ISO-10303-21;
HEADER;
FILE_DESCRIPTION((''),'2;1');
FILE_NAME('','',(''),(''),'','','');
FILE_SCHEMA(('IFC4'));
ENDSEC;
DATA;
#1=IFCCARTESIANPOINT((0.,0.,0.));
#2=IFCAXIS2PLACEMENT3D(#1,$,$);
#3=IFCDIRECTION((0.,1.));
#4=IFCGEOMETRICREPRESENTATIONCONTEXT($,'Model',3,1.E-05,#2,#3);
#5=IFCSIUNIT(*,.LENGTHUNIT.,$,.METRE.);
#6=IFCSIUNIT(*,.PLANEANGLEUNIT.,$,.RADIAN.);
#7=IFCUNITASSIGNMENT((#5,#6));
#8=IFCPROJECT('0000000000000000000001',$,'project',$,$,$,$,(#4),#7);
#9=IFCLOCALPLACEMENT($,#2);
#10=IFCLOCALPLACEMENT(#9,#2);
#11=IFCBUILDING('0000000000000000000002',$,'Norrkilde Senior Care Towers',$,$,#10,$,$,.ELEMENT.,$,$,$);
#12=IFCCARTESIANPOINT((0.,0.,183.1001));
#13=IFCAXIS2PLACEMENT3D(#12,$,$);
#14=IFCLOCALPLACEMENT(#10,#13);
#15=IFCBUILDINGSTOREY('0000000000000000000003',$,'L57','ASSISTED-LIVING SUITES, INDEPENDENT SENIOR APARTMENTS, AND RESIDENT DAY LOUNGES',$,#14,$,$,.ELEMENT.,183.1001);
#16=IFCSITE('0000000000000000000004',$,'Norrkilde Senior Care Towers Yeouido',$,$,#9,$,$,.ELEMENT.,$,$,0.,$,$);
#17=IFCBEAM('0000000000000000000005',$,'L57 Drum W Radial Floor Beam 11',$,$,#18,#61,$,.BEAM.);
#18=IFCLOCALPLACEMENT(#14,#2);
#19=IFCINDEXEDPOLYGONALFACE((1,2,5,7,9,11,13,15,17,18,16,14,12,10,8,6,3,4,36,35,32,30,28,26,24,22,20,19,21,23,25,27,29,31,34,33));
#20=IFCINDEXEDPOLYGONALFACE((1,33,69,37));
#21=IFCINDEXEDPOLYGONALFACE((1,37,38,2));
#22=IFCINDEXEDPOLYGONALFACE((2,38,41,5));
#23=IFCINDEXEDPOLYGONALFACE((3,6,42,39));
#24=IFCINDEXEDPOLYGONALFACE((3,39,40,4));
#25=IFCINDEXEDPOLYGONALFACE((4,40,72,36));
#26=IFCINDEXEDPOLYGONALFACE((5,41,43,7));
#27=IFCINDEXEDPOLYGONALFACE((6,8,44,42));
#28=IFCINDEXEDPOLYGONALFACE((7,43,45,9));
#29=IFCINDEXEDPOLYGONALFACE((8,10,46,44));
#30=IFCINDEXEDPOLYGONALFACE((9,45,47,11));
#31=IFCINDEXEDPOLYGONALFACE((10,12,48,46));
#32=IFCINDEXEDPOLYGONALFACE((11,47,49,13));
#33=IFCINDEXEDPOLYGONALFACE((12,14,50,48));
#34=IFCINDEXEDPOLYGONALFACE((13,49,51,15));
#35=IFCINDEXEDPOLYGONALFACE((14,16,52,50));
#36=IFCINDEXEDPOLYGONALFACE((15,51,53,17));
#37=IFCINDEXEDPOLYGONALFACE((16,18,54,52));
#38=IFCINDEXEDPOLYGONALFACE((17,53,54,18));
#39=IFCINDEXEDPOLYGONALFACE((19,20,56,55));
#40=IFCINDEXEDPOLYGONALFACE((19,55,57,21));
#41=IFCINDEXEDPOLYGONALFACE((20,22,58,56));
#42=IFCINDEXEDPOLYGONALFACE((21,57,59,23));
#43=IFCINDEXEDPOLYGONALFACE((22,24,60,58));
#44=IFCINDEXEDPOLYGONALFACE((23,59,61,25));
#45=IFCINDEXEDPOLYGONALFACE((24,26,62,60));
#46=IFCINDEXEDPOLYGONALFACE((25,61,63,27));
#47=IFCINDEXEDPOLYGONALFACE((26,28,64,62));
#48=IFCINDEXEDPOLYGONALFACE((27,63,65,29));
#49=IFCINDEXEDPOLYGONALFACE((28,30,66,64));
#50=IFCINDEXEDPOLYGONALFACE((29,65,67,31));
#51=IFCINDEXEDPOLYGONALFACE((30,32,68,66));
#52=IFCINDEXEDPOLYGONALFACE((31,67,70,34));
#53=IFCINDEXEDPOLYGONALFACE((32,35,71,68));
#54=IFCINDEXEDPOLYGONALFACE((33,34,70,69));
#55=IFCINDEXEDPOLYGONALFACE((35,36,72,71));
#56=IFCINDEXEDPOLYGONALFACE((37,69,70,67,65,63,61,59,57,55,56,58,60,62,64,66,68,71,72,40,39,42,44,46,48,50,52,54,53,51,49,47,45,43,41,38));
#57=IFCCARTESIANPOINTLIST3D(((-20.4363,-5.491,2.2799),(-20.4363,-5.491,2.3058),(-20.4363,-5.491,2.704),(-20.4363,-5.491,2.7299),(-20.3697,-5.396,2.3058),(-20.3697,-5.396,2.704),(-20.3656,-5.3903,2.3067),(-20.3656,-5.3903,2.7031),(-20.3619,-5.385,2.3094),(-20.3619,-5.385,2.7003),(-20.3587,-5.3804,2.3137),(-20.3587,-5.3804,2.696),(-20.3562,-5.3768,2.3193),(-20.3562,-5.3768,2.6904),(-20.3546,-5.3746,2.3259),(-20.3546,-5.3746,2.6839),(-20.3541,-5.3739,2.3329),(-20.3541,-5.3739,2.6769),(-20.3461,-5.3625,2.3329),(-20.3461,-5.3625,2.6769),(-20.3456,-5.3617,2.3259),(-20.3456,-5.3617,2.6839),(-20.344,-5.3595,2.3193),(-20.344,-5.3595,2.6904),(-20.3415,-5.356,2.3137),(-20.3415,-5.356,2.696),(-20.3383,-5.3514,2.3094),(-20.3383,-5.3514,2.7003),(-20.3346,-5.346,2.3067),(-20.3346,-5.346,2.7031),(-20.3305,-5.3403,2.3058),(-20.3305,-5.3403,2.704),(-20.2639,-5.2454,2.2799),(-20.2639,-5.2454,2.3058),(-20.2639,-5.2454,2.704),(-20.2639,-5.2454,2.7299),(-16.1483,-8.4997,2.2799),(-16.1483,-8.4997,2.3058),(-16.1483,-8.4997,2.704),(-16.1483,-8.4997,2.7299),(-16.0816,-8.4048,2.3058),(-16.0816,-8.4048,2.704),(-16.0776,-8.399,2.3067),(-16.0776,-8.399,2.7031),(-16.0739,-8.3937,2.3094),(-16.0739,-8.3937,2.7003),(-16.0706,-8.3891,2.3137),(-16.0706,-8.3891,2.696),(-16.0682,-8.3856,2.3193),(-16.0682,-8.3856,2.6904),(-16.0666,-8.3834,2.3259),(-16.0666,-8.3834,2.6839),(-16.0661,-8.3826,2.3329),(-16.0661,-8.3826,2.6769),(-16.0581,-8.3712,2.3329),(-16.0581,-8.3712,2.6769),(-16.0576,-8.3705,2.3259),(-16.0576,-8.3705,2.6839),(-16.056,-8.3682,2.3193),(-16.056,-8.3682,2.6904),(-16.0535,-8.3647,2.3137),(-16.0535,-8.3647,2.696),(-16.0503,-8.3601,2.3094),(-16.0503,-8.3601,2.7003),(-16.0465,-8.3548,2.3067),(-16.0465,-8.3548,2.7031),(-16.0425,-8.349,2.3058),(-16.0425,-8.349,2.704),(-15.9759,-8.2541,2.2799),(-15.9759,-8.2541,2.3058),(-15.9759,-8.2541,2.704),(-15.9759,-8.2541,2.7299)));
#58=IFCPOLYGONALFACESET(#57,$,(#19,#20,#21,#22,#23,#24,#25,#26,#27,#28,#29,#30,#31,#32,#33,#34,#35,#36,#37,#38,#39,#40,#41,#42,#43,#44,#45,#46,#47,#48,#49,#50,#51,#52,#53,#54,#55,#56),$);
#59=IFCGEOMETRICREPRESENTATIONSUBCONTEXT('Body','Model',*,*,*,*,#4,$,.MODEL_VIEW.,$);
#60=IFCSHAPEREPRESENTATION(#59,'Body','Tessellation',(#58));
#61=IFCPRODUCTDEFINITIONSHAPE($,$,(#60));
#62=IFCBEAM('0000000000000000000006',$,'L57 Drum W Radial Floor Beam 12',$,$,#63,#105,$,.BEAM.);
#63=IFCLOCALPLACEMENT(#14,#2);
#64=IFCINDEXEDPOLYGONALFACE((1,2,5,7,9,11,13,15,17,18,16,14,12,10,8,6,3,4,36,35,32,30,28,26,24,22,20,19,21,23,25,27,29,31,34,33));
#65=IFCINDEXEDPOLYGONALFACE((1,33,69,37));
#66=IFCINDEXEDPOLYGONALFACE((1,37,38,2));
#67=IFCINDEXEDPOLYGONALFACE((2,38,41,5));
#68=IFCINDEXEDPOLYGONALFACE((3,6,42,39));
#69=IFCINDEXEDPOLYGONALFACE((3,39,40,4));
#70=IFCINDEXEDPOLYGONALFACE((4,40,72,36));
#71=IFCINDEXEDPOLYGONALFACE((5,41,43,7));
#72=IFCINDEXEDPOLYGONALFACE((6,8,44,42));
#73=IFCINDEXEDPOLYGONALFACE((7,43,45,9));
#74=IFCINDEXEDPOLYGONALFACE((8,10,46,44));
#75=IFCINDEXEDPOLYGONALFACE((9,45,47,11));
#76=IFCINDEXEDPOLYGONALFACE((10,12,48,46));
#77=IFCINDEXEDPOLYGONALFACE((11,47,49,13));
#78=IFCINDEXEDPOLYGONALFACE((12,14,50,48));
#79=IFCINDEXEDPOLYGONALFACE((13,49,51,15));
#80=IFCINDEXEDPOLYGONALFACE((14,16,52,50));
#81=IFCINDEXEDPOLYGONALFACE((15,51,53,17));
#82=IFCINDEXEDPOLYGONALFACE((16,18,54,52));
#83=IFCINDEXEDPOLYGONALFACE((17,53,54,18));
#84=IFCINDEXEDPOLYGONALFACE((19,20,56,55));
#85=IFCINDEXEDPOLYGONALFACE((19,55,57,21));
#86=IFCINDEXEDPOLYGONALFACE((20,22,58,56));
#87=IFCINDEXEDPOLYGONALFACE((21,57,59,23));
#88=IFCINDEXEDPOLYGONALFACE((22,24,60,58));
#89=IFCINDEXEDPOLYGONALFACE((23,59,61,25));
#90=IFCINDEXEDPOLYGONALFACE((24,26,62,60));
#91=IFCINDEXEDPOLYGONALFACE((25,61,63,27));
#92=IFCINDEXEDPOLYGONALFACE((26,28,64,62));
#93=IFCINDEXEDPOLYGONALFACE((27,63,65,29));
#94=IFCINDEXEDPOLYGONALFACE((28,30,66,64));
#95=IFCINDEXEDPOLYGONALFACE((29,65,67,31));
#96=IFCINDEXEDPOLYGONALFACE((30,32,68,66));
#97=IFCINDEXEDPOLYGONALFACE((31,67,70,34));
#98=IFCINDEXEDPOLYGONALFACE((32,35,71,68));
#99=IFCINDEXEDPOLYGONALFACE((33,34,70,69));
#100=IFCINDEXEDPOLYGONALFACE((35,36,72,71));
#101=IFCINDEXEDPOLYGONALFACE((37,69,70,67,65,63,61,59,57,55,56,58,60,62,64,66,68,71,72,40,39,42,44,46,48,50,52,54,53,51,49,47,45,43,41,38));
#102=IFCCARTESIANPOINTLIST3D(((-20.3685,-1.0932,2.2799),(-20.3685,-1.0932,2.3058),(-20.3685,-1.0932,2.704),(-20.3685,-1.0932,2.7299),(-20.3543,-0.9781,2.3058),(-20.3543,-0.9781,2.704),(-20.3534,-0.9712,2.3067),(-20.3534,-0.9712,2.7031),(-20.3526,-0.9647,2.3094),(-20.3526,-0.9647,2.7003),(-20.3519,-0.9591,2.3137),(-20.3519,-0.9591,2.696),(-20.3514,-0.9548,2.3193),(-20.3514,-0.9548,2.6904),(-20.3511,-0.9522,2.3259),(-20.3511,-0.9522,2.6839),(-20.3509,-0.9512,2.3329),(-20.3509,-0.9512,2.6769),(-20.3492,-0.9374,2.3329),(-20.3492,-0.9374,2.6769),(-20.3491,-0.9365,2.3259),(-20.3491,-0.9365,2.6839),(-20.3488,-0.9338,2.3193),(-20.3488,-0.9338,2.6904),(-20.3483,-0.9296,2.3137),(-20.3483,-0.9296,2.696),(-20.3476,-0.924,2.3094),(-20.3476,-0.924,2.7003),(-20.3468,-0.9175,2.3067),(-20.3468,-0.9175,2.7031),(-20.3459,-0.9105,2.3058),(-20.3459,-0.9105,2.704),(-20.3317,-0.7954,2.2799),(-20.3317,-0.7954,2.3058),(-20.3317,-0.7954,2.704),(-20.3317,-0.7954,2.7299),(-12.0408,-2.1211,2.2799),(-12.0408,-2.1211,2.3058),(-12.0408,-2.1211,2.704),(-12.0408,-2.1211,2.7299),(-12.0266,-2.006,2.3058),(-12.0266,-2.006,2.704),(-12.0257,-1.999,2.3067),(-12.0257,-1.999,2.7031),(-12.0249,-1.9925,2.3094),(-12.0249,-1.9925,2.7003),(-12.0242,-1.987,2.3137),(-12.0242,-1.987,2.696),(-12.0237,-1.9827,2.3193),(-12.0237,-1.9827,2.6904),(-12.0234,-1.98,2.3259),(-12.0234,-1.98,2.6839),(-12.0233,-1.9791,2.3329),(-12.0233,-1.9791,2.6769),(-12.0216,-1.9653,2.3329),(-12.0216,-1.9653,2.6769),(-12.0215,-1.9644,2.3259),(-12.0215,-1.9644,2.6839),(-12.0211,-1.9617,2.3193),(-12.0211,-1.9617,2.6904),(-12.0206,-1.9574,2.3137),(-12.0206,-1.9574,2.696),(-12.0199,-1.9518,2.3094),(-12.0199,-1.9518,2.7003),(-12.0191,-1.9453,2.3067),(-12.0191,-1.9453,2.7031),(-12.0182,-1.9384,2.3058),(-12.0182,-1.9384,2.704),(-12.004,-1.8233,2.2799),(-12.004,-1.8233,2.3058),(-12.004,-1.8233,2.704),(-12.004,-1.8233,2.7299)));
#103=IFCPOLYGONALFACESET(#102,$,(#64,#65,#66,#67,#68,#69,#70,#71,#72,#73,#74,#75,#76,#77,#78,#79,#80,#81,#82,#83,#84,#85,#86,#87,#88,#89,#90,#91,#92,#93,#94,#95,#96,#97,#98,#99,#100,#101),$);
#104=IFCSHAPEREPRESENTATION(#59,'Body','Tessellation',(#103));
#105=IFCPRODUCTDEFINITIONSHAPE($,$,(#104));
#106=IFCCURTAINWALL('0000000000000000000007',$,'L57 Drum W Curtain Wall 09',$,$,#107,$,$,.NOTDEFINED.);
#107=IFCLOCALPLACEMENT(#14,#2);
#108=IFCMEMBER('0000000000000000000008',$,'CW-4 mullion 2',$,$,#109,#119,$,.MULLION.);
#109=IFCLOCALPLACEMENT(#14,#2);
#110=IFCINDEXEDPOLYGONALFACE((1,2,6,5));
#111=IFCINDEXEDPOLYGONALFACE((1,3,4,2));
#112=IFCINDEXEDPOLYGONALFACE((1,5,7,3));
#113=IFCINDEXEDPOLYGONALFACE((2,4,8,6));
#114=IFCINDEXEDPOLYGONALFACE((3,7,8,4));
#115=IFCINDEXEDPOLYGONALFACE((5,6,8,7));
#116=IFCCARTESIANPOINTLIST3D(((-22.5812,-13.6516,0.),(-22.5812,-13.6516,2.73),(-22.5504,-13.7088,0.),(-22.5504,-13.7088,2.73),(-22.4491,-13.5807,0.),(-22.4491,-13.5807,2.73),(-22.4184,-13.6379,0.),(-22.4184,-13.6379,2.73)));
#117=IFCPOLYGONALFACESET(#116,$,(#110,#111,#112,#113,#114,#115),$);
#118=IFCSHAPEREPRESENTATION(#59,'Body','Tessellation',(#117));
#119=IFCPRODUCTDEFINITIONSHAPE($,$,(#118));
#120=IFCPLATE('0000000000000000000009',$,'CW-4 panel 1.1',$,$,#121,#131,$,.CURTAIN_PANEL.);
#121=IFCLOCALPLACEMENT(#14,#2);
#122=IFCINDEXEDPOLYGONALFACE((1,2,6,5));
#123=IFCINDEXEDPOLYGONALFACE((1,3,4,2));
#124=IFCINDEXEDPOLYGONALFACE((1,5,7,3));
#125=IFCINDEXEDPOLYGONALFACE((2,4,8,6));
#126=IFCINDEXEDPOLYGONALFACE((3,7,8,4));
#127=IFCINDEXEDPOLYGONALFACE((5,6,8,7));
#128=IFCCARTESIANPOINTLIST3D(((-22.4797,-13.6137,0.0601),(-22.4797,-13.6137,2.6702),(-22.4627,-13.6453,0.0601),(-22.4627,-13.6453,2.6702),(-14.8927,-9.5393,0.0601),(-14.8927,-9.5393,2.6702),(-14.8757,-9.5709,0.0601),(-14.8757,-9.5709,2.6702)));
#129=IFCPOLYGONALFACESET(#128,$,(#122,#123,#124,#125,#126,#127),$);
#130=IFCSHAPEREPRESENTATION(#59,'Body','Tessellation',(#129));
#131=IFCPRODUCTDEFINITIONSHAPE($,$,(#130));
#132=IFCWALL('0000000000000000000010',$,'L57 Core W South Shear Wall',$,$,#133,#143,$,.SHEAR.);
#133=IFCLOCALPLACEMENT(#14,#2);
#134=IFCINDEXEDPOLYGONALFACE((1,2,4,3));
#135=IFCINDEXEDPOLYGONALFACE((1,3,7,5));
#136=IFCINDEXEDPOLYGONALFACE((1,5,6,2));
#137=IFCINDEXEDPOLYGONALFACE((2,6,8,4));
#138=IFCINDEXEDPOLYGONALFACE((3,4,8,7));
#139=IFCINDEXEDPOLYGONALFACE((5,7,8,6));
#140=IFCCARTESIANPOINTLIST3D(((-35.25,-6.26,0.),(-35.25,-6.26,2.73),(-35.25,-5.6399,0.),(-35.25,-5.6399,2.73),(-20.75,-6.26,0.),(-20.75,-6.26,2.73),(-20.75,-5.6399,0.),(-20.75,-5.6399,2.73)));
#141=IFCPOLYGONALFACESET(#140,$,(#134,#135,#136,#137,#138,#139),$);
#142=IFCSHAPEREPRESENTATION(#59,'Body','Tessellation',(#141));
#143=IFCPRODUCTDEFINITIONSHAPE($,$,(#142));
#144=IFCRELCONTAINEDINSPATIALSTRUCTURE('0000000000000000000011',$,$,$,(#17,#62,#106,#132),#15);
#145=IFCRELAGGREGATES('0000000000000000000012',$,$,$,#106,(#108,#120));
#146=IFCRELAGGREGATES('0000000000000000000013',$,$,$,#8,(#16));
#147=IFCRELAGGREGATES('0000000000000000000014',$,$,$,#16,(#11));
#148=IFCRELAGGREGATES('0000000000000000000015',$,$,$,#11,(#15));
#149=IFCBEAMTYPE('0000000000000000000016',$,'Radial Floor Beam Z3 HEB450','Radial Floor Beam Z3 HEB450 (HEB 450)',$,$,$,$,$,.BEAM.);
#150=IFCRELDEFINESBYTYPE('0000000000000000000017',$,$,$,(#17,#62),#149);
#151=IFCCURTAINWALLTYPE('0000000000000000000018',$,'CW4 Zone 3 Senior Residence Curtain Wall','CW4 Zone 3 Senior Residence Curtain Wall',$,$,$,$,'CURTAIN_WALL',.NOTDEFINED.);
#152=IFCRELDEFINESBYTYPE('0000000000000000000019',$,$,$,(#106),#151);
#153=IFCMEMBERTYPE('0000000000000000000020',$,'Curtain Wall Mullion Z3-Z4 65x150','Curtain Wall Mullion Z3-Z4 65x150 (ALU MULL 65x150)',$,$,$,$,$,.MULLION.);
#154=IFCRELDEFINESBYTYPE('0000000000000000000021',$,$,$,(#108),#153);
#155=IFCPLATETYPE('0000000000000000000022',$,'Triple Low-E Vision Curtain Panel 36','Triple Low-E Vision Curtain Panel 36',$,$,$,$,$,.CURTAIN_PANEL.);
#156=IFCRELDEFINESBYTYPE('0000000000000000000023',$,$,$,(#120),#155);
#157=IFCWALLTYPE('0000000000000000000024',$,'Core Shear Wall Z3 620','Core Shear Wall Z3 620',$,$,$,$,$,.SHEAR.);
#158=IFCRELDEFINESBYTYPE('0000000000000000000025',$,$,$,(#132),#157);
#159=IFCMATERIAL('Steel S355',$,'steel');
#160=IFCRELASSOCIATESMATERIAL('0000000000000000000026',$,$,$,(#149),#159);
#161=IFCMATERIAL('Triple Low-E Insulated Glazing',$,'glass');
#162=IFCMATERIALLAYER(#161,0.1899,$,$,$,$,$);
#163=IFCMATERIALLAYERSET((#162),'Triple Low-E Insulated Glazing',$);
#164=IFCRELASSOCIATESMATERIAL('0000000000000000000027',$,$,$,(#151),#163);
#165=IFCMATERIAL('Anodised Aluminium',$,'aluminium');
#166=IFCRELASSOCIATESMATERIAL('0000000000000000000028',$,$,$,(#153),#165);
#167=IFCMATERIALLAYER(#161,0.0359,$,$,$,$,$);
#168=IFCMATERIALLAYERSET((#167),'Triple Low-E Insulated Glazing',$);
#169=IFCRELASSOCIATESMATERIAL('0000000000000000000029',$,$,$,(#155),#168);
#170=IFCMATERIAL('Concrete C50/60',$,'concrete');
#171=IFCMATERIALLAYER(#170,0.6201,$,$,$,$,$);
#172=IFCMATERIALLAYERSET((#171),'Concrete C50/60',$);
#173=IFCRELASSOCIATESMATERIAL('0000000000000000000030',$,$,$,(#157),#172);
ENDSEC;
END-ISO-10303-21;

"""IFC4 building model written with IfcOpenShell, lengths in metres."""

from ifc_helpers import new_model, si_unit, direction, frame, frame_2d, origin, origin_2d, place, context, subcontext, project, spatial, rectangle, i_section, extrude, source, transform, mapped, material, layer, layer_set, material_profile, profile_set, type_object, type_shapes, element, aggregate, save


model = new_model("IFC4")

# Units and contexts
model_context = context("Model", 3, precision=1e-05, world=origin(), true_north=direction((0.0, 1.0)))
body_context = subcontext(model_context, "Body", "Model", "MODEL_VIEW")
ifc_project = project(units=[si_unit("LENGTHUNIT", "METRE"), si_unit("PLANEANGLEUNIT", "RADIAN")], contexts=[model_context])

# Site, building, storey
site_placement = place(None, origin())
site = spatial("IfcSite", under=ifc_project, at=site_placement, Name="Norrkilde Senior Care Towers Yeouido", CompositionType="ELEMENT", RefElevation=0.0)
building_placement = place(site_placement, origin())
building = spatial("IfcBuilding", under=site, at=building_placement, Name="Norrkilde Senior Care Towers", CompositionType="ELEMENT")
storey_placement = place(building_placement, frame((0.0, 0.0, 183.1001)))
storey = spatial("IfcBuildingStorey", under=building, at=storey_placement, Name="L57", Description="ASSISTED-LIVING SUITES, INDEPENDENT SENIOR APARTMENTS, AND RESIDENT DAY LOUNGES", CompositionType="ELEMENT", Elevation=183.1001)

# Shared definitions
ifc_material_1 = material(Name="Concrete C50/60", Category="concrete")

# Beams
ifc_material_2 = material(Name="Steel S355", Category="steel")
ifc_material_profile_1 = material_profile(ifc_material_2, i_section(OverallWidth=0.3, OverallDepth=0.45, WebThickness=0.0139, FlangeThickness=0.0259, FilletRadius=0.0271, at=origin_2d()), Name="HEB 450")
ifc_profile_set_1 = profile_set([ifc_material_profile_1], Name="Steel S355")
beam_type_1 = type_object("IfcBeamType", Name="Radial Floor Beam Z3 HEB450", Description="Radial Floor Beam Z3 HEB450 (HEB 450)", PredefinedType="BEAM", material=ifc_profile_set_1)
shared_shape_1 = source(origin(), body_context, "Body", "SweptSolid", [
    extrude(i_section(OverallWidth=0.3, OverallDepth=0.45, WebThickness=0.0139, FlangeThickness=0.0259, FilletRadius=0.0271, at=origin_2d()), origin(), (0.0, 0.0, 1.0), 5.2383),
])
beam_1_placement = place(storey_placement, frame((-20.3501, -5.3682, 2.5049), z_axis=(0.818592, -0.574375, 0.0), x_axis=(0.574375, 0.818592, 0.0)))
element("IfcBeam", 1, at=beam_1_placement, inside=storey, type_object=beam_type_1, Name="L57 Drum W Radial Floor Beam 11", PredefinedType="BEAM", context=body_context, shape_type="MappedRepresentation", body=[
    mapped(shared_shape_1, transform((0.0, 0.0, 0.0), x_axis=(1.0, 0.0, 0.0), y_axis=(0.0, 1.0, 0.0), z_axis=(0.0, 0.0, 1.0), scale=1.0)),
])
shared_shape_2 = source(origin(), body_context, "Body", "SweptSolid", [
    extrude(i_section(OverallWidth=0.3, OverallDepth=0.45, WebThickness=0.0139, FlangeThickness=0.0259, FilletRadius=0.0271, at=origin_2d()), origin(), (0.0, 0.0, 1.0), 8.3909),
])
beam_2_placement = place(storey_placement, frame((-20.3501, -0.9443, 2.5049), z_axis=(0.992469, -0.122495, 0.0), x_axis=(0.122495, 0.992469, 0.0)))
element("IfcBeam", 2, at=beam_2_placement, inside=storey, type_object=beam_type_1, Name="L57 Drum W Radial Floor Beam 12", PredefinedType="BEAM", context=body_context, shape_type="MappedRepresentation", body=[
    mapped(shared_shape_2, transform((0.0, 0.0, 0.0), x_axis=(1.0, 0.0, 0.0), y_axis=(0.0, 1.0, 0.0), z_axis=(0.0, 0.0, 1.0), scale=1.0)),
])

# Curtain wall, member, plate
ifc_material_3 = material(Name="Triple Low-E Insulated Glazing", Category="glass")
ifc_layer_1 = layer(ifc_material_3, 0.1899)
ifc_layer_set_1 = layer_set([ifc_layer_1], Name="Triple Low-E Insulated Glazing")
curtain_wall_type = type_object("IfcCurtainWallType", Name="CW4 Zone 3 Senior Residence Curtain Wall", Description="CW4 Zone 3 Senior Residence Curtain Wall", ElementType="CURTAIN_WALL", PredefinedType="NOTDEFINED", material=ifc_layer_set_1)
curtain_wall_placement = place(storey_placement, origin())
curtain_wall = element("IfcCurtainWall", 3, at=curtain_wall_placement, inside=storey, type_object=curtain_wall_type, Name="L57 Drum W Curtain Wall 09", PredefinedType="NOTDEFINED")
ifc_material_4 = material(Name="Anodised Aluminium", Category="aluminium")
ifc_material_profile_2 = material_profile(ifc_material_4, rectangle(XDim=0.0649, YDim=0.1499, at=origin_2d()), Name="ALU MULL 65x150")
ifc_profile_set_2 = profile_set([ifc_material_profile_2], Name="Anodised Aluminium")
member_type = type_object("IfcMemberType", Name="Curtain Wall Mullion Z3-Z4 65x150", Description="Curtain Wall Mullion Z3-Z4 65x150 (ALU MULL 65x150)", PredefinedType="MULLION", material=ifc_profile_set_2)
shared_shape_3 = source(origin(), body_context, "Body", "SweptSolid", [
    extrude(rectangle(XDim=0.0649, YDim=0.1499, at=origin_2d()), origin(), (0.0, 0.0, 1.0), 2.73),
])
type_shapes(member_type, [shared_shape_3])
member_placement = place(storey_placement, frame((-22.4998, -13.6448, 0.0), z_axis=(0.0, 0.0, 1.0), x_axis=(0.473117, -0.881, 0.0)))
member = element("IfcMember", 4, at=member_placement, type_object=member_type, Name="CW-4 mullion 2", PredefinedType="MULLION", context=body_context, shape_type="MappedRepresentation", body=[
    mapped(shared_shape_3, transform((0.0, 0.0, 0.0), x_axis=(1.0, 0.0, 0.0), y_axis=(0.0, 1.0, 0.0), z_axis=(0.0, 0.0, 1.0), scale=1.0)),
])
ifc_layer_2 = layer(ifc_material_3, 0.0359)
ifc_layer_set_2 = layer_set([ifc_layer_2], Name="Triple Low-E Insulated Glazing")
plate_type = type_object("IfcPlateType", Name="Triple Low-E Vision Curtain Panel 36", Description="Triple Low-E Vision Curtain Panel 36", PredefinedType="CURTAIN_PANEL", material=ifc_layer_set_2)
shared_shape_4 = source(origin(), body_context, "Body", "SweptSolid", [
    extrude(rectangle(XDim=8.6118, YDim=0.0359, at=origin_2d()), origin(), (0.0, 0.0, 1.0), 2.6101),
])
type_shapes(plate_type, [shared_shape_4])
plate_placement = place(storey_placement, frame((-18.6777, -11.5923, 0.0601), z_axis=(0.0, 0.0, 1.0), x_axis=(-0.881, -0.473117, 0.0)))
plate = element("IfcPlate", 5, at=plate_placement, type_object=plate_type, Name="CW-4 panel 1.1", PredefinedType="CURTAIN_PANEL", context=body_context, shape_type="MappedRepresentation", body=[
    mapped(shared_shape_4, transform((0.0, 0.0, 0.0), x_axis=(1.0, 0.0, 0.0), y_axis=(0.0, 1.0, 0.0), z_axis=(0.0, 0.0, 1.0), scale=1.0)),
])
aggregate(curtain_wall, [member, plate])

# Wall
ifc_layer_3 = layer(ifc_material_1, 0.6201)
ifc_layer_set_3 = layer_set([ifc_layer_3], Name="Concrete C50/60")
wall_type_1 = type_object("IfcWallType", Name="Core Shear Wall Z3 620", Description="Core Shear Wall Z3 620", PredefinedType="SHEAR", material=ifc_layer_set_3)
shared_shape_5 = source(origin(), body_context, "Body", "SweptSolid", [
    extrude(rectangle(XDim=14.5, YDim=0.6201, at=frame_2d((7.25, 0.0))), origin(), (0.0, 0.0, 1.0), 2.73),
])
type_shapes(wall_type_1, [shared_shape_5])
wall_1_placement = place(storey_placement, frame((-20.75, -5.95, 0.0), z_axis=(0.0, 0.0, 1.0), x_axis=(-1.0, 0.0, 0.0)))
element("IfcWall", 6, at=wall_1_placement, inside=storey, type_object=wall_type_1, Name="L57 Core W South Shear Wall", PredefinedType="SHEAR", context=body_context, shape_type="MappedRepresentation", body=[
    mapped(shared_shape_5, transform((0.0, 0.0, 0.0), x_axis=(1.0, 0.0, 0.0), y_axis=(0.0, 1.0, 0.0), z_axis=(0.0, 0.0, 1.0), scale=1.0)),
])

save(model, "model.ifc")
